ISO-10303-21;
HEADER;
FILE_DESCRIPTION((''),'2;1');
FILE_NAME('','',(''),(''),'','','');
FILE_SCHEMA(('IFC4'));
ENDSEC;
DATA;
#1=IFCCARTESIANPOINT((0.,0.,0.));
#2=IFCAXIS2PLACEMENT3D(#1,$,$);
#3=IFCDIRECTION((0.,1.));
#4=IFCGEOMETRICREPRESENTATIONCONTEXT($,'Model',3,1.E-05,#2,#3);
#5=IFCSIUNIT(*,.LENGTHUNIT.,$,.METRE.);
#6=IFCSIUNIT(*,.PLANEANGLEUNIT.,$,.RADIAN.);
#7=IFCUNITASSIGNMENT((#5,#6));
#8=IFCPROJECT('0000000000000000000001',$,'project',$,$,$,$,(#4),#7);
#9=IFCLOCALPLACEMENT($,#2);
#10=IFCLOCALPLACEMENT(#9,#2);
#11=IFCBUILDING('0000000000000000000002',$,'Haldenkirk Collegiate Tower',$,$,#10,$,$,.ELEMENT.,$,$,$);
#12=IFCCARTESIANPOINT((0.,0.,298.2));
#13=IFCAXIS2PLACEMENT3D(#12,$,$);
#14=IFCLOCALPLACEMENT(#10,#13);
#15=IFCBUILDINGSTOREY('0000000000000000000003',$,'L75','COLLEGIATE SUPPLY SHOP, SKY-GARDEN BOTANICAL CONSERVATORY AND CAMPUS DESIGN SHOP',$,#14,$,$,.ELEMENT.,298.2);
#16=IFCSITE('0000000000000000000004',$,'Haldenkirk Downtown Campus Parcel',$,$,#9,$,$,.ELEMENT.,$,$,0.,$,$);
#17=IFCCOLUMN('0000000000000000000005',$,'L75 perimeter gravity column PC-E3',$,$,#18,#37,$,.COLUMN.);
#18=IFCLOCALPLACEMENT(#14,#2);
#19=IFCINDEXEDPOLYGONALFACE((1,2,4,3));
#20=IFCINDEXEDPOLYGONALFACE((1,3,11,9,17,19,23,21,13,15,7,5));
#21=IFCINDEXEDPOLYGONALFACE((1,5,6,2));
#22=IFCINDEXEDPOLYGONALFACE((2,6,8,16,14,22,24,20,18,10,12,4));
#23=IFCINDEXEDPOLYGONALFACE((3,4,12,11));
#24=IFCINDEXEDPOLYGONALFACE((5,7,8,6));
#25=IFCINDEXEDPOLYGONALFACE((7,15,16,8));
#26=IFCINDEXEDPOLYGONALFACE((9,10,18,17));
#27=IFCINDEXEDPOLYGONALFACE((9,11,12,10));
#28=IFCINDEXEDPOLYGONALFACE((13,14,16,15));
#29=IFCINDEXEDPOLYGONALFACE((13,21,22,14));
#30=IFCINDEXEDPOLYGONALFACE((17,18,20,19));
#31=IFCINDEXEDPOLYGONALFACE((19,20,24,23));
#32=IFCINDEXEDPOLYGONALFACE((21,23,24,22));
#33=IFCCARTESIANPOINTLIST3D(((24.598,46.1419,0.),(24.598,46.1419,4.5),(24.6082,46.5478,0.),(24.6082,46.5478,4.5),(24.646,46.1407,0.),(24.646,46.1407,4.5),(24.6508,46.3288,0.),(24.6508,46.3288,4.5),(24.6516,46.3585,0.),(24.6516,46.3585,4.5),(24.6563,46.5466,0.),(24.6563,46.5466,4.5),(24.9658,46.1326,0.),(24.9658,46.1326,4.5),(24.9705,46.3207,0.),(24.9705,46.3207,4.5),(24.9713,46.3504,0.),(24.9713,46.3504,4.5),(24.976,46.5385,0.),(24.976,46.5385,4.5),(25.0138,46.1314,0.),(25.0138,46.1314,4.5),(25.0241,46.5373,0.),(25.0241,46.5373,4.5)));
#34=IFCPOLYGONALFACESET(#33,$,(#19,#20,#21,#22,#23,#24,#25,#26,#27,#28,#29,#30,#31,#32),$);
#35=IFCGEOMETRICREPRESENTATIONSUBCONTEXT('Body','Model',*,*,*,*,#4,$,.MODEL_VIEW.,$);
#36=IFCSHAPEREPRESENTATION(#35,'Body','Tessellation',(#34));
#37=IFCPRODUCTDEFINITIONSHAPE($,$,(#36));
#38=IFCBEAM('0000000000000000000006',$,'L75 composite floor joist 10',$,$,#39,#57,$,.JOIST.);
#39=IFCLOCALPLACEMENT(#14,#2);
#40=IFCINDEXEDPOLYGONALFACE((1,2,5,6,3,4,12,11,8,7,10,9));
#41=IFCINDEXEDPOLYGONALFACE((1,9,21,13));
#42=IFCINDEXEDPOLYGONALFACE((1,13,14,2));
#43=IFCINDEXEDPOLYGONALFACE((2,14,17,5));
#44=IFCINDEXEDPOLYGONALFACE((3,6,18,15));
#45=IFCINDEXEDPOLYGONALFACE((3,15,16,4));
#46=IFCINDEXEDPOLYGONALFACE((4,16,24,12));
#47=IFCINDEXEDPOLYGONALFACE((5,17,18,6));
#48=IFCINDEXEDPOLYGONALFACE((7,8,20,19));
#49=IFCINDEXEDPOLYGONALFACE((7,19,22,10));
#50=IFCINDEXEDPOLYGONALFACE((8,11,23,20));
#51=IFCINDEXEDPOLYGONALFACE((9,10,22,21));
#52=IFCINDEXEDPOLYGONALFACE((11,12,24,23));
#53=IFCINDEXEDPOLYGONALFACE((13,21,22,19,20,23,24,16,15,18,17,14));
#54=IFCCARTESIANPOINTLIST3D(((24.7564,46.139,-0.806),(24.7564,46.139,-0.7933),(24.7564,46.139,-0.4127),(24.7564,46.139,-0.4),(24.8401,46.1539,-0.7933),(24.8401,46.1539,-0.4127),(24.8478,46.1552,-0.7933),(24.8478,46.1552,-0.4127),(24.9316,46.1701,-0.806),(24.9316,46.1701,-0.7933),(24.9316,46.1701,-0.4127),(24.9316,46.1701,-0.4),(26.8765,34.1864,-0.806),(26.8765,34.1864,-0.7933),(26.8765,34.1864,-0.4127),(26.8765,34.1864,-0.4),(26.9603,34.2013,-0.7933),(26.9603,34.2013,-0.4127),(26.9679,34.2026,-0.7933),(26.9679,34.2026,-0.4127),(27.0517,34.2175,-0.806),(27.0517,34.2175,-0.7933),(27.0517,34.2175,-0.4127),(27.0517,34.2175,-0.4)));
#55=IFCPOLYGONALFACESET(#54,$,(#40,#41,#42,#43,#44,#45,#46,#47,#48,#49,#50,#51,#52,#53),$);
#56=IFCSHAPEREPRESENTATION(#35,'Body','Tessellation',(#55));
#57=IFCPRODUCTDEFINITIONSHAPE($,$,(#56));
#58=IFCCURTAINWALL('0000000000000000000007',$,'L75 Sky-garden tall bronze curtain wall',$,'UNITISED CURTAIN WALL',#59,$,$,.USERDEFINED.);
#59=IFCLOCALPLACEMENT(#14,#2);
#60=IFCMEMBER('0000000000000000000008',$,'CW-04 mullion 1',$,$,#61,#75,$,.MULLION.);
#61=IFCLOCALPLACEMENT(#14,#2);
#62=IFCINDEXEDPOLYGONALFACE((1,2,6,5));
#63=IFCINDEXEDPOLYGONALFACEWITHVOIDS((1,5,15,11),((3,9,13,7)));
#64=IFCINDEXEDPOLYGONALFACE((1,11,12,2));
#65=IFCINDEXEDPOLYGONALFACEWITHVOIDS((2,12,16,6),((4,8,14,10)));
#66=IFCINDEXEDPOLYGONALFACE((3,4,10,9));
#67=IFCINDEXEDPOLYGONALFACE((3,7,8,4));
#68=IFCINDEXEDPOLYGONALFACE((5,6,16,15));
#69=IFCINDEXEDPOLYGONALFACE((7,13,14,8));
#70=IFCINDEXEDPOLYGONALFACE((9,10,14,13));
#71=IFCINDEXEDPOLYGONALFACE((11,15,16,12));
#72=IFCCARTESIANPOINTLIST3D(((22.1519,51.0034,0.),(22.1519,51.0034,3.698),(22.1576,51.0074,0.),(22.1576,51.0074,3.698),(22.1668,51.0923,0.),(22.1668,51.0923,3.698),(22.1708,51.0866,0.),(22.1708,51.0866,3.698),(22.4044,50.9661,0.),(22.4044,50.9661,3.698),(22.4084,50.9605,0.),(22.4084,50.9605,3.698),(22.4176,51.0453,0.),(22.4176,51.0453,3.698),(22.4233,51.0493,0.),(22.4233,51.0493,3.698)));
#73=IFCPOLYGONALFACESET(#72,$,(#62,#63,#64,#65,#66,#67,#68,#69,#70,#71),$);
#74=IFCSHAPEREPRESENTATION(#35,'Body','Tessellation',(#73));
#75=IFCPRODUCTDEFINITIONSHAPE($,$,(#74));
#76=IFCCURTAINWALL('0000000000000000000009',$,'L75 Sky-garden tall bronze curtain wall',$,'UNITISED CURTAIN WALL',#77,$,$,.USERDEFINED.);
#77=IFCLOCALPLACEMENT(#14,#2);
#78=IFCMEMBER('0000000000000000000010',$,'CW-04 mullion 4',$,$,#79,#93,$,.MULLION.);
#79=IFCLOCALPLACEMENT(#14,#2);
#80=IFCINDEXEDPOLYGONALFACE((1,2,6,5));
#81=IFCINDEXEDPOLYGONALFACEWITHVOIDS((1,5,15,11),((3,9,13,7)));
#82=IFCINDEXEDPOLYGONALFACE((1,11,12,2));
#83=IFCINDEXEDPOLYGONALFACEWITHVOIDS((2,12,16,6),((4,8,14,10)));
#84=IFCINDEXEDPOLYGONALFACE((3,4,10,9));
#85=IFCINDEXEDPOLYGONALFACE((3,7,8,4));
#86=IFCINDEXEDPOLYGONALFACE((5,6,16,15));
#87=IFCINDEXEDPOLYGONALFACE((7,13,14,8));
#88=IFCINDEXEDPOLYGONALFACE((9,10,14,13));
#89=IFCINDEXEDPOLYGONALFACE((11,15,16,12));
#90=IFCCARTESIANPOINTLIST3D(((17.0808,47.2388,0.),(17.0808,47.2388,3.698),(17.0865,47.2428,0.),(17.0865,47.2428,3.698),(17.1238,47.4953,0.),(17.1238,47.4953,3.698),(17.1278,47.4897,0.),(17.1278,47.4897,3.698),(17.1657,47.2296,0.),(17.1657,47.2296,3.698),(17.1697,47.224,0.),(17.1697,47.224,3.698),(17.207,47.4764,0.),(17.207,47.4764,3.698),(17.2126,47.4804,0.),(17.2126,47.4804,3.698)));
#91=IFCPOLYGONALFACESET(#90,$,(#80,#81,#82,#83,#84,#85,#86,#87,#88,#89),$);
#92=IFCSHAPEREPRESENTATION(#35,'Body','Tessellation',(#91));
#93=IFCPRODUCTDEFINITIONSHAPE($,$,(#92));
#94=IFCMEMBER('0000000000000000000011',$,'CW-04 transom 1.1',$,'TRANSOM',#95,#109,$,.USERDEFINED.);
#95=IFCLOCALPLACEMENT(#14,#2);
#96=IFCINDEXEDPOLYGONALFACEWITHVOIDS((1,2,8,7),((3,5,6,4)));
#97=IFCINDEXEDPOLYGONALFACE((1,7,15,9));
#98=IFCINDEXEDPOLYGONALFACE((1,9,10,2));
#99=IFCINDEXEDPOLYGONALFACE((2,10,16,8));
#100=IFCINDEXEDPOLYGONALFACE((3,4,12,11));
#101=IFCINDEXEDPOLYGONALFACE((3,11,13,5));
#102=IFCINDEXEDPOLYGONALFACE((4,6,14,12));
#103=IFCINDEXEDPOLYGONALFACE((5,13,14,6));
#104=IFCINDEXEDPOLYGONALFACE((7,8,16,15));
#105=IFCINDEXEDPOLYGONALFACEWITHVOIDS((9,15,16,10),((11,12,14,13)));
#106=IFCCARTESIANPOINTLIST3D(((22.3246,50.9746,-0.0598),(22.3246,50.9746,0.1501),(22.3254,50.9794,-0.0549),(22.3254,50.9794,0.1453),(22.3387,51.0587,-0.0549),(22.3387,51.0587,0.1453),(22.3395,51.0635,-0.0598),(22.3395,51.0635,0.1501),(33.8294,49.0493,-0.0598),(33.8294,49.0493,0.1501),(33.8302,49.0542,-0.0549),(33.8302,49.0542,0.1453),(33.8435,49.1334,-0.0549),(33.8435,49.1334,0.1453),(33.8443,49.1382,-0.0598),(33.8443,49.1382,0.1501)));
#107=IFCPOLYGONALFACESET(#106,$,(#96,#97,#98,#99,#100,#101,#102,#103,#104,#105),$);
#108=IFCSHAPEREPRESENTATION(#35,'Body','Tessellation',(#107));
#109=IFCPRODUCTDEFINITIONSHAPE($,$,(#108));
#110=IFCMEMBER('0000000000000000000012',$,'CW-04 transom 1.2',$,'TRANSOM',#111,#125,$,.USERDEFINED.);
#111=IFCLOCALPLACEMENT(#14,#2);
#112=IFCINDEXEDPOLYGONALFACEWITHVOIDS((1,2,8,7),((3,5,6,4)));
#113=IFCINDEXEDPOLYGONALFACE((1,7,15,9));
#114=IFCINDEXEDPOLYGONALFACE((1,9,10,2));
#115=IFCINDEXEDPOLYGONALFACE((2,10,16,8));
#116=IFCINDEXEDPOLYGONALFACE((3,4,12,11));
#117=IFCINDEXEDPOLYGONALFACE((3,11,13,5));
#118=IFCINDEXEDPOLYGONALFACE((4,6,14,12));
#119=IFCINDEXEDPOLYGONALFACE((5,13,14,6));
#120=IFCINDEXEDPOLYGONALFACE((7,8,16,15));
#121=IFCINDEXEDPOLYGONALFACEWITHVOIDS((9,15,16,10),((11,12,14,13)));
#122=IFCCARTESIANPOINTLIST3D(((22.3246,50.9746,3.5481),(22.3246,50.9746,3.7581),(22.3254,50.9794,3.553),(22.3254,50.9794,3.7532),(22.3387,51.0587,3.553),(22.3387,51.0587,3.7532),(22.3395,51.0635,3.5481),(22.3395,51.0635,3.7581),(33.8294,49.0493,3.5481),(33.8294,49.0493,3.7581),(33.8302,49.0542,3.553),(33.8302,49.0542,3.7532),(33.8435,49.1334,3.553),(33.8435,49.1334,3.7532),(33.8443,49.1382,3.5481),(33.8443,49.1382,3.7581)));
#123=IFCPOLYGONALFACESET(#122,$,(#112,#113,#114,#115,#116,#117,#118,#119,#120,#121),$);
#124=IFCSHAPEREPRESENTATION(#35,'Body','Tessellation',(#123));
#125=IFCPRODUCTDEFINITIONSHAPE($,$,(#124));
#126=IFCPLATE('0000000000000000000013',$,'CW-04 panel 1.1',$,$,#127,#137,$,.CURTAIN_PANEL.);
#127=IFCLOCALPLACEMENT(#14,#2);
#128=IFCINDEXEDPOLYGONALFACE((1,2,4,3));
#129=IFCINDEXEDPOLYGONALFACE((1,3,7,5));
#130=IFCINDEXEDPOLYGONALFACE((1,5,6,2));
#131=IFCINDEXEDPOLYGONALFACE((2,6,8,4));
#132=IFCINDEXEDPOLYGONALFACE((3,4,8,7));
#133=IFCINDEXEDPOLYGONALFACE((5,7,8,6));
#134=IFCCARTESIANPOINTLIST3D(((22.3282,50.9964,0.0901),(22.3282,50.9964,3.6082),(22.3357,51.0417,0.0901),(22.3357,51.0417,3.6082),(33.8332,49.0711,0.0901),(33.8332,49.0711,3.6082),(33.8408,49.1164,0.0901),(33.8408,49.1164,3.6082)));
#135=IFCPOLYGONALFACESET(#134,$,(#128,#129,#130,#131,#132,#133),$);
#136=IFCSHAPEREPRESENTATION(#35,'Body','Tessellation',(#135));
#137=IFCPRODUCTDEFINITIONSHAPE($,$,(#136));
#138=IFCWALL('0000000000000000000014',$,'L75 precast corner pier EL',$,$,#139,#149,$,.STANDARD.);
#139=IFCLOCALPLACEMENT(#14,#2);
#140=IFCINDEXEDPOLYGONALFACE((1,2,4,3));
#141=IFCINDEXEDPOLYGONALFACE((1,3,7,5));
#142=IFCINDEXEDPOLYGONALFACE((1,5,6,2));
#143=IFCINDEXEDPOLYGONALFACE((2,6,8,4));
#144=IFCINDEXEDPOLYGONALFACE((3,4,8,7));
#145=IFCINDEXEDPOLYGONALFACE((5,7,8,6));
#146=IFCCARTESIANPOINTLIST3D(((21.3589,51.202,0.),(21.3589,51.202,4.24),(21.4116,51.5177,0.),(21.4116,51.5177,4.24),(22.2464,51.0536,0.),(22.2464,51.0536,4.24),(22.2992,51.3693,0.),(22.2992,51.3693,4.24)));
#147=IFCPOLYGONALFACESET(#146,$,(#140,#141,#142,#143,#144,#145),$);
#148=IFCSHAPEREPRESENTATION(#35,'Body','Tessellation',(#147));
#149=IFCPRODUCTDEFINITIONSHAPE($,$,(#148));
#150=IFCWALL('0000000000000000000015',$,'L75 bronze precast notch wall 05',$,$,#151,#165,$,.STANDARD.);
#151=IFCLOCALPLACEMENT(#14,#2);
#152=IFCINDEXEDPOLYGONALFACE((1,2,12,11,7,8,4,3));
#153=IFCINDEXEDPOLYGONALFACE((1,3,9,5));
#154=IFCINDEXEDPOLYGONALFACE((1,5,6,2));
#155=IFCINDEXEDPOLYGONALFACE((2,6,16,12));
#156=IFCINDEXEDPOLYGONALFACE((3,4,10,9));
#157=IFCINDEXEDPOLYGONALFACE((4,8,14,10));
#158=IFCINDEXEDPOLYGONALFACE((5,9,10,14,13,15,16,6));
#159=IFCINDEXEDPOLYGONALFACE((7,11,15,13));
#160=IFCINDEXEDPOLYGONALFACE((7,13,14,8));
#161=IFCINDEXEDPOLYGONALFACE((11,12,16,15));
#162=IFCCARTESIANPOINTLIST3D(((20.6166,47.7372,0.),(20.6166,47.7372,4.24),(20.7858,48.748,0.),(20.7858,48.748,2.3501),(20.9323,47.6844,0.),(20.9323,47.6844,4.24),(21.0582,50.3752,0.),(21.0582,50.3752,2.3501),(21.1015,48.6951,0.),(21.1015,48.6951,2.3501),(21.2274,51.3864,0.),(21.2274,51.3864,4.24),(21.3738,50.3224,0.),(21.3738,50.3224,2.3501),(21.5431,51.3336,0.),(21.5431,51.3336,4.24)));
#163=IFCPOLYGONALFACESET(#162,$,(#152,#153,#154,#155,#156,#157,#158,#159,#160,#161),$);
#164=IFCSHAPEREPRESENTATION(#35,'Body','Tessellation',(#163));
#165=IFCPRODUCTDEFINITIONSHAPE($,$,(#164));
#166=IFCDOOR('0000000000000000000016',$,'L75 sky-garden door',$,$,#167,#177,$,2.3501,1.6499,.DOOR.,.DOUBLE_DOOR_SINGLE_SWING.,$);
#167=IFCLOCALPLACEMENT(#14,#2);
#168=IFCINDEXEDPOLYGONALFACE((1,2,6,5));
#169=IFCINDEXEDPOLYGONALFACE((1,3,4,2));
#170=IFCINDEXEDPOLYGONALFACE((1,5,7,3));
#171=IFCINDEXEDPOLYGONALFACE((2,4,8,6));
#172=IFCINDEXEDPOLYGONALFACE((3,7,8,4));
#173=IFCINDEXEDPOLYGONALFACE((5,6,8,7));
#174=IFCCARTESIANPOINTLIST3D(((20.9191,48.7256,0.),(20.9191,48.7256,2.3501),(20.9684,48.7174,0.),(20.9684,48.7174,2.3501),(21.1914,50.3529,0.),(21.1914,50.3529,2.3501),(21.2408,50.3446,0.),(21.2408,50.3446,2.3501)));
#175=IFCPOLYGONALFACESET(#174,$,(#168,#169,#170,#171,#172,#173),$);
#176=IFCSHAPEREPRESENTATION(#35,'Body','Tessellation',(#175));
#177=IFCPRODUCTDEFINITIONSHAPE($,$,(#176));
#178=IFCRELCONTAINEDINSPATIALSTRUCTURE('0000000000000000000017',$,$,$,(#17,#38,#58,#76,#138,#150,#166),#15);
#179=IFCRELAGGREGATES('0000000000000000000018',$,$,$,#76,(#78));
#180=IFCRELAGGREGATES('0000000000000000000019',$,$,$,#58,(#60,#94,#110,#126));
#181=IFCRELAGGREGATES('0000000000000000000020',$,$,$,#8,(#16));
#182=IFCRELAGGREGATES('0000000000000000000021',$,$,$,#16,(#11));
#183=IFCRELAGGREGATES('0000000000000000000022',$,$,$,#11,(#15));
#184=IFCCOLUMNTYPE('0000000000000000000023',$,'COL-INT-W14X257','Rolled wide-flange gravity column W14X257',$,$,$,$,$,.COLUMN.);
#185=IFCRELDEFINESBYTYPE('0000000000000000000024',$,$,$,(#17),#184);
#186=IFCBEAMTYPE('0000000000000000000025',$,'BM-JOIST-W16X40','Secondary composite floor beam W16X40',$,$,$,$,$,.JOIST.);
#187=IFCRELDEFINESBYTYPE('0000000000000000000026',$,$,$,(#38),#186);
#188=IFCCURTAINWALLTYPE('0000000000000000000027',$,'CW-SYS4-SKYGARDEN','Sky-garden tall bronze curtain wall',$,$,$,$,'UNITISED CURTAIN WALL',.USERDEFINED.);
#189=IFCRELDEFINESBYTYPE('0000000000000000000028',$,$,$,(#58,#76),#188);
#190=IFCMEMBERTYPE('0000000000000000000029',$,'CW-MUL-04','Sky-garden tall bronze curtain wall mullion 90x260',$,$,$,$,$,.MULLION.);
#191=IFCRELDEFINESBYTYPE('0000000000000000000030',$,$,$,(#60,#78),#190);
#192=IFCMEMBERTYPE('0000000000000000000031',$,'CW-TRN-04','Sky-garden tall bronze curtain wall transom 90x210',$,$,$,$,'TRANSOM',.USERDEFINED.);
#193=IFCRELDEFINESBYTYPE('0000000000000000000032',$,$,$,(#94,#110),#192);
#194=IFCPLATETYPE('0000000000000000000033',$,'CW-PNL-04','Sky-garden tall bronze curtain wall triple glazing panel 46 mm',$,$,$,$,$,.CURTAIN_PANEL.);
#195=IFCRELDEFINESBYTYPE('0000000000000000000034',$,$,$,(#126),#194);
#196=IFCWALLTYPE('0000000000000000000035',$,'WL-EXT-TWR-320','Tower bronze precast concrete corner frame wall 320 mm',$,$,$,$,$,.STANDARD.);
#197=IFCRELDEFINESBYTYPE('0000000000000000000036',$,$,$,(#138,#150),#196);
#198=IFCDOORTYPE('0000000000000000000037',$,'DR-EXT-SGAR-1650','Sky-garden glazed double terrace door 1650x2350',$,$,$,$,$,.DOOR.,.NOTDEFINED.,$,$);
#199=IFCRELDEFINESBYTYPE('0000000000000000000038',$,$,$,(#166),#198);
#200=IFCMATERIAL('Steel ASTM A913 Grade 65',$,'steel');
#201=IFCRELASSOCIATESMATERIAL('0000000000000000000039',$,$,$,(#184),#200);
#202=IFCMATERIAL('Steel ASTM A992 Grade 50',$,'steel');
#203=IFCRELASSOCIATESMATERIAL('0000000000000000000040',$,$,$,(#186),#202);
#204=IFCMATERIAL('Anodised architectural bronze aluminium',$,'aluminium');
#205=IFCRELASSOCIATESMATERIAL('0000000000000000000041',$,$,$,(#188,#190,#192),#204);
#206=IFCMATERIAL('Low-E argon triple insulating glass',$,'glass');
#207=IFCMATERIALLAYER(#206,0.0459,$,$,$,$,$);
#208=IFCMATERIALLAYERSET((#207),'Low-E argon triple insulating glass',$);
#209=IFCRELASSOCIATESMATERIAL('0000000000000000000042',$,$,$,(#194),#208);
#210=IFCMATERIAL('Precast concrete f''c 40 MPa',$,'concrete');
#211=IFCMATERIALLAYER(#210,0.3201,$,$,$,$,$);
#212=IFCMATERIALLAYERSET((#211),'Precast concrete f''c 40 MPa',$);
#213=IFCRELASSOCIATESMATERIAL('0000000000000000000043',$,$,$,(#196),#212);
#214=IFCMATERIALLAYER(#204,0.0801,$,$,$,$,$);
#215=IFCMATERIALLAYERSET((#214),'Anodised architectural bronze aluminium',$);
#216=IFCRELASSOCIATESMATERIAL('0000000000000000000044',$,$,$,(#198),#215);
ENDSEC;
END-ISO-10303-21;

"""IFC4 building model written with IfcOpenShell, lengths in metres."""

from ifc_helpers import new_model, si_unit, direction, frame, frame_2d, origin, origin_2d, place, context, subcontext, project, spatial, rectangle, hollow_rectangle, i_section, extrude, source, transform, mapped, material, layer, layer_set, material_profile, profile_set, type_object, element, fill, aggregate, save


model = new_model("IFC4")

# Units and contexts
model_context = context("Model", 3, precision=1e-05, world=origin(), true_north=direction((0.0, 1.0)))
body_context = subcontext(model_context, "Body", "Model", "MODEL_VIEW")
ifc_project = project(units=[si_unit("LENGTHUNIT", "METRE"), si_unit("PLANEANGLEUNIT", "RADIAN")], contexts=[model_context])

# Site, building, storey
site_placement = place(None, origin())
site = spatial("IfcSite", under=ifc_project, at=site_placement, Name="Haldenkirk Downtown Campus Parcel", CompositionType="ELEMENT", RefElevation=0.0)
building_placement = place(site_placement, origin())
building = spatial("IfcBuilding", under=site, at=building_placement, Name="Haldenkirk Collegiate Tower", CompositionType="ELEMENT")
storey_placement = place(building_placement, frame((0.0, 0.0, 298.2)))
storey = spatial("IfcBuildingStorey", under=building, at=storey_placement, Name="L75", Description="COLLEGIATE SUPPLY SHOP, SKY-GARDEN BOTANICAL CONSERVATORY AND CAMPUS DESIGN SHOP", CompositionType="ELEMENT", Elevation=298.2)

# Column
ifc_material_1 = material(Name="Steel ASTM A913 Grade 65", Category="steel")
ifc_material_profile_1 = material_profile(ifc_material_1, i_section(OverallWidth=0.406, OverallDepth=0.416, WebThickness=0.0298, FlangeThickness=0.0481, at=origin_2d()), Name="W14X257")
ifc_profile_set_1 = profile_set([ifc_material_profile_1], Name="Steel ASTM A913 Grade 65")
column_type = type_object("IfcColumnType", Name="COL-INT-W14X257", Description="Rolled wide-flange gravity column W14X257", PredefinedType="COLUMN", material=ifc_profile_set_1)
column_placement = place(storey_placement, frame((24.811, 46.3396, 0.0), z_axis=(0.0, 0.0, 1.0), x_axis=(0.025305, 0.99968, 0.0)))
element("IfcColumn", 1, at=column_placement, inside=storey, type_object=column_type, Name="L75 perimeter gravity column PC-E3", PredefinedType="COLUMN", context=body_context, shape_type="SweptSolid", body=[
    extrude(i_section(OverallWidth=0.406, OverallDepth=0.416, WebThickness=0.0298, FlangeThickness=0.0481, at=origin_2d()), origin(), (0.0, 0.0, 1.0), 4.5),
])

# Beam
ifc_material_2 = material(Name="Steel ASTM A992 Grade 50", Category="steel")
ifc_material_profile_2 = material_profile(ifc_material_2, i_section(OverallWidth=0.178, OverallDepth=0.406, WebThickness=0.0078, FlangeThickness=0.0127, at=origin_2d()), Name="W16X40")
ifc_profile_set_2 = profile_set([ifc_material_profile_2], Name="Steel ASTM A992 Grade 50")
beam_type = type_object("IfcBeamType", Name="BM-JOIST-W16X40", Description="Secondary composite floor beam W16X40", PredefinedType="JOIST", material=ifc_profile_set_2)
beam_placement = place(storey_placement, frame((24.844, 46.1545, -0.603), z_axis=(0.17465, -0.984631, 0.0), x_axis=(0.984631, 0.17465, 0.0)))
element("IfcBeam", 2, at=beam_placement, inside=storey, type_object=beam_type, Name="L75 composite floor joist 10", PredefinedType="JOIST", context=body_context, shape_type="SweptSolid", body=[
    extrude(i_section(OverallWidth=0.178, OverallDepth=0.406, WebThickness=0.0078, FlangeThickness=0.0127, at=origin_2d()), origin(), (0.0, 0.0, 1.0), 12.1392),
])

# Curtain walls, members
ifc_material_3 = material(Name="Anodised architectural bronze aluminium", Category="aluminium")
curtain_wall_type = type_object("IfcCurtainWallType", Name="CW-SYS4-SKYGARDEN", Description="Sky-garden tall bronze curtain wall", ElementType="UNITISED CURTAIN WALL", PredefinedType="USERDEFINED", material=ifc_material_3)
curtain_wall_1_placement = place(storey_placement, origin())
curtain_wall_1 = element("IfcCurtainWall", 3, at=curtain_wall_1_placement, inside=storey, type_object=curtain_wall_type, Name="L75 Sky-garden tall bronze curtain wall", ObjectType="UNITISED CURTAIN WALL", PredefinedType="USERDEFINED")
ifc_material_profile_3 = material_profile(ifc_material_3, hollow_rectangle(XDim=0.0901, YDim=0.26, WallThickness=0.0049, at=origin_2d()), Name="CW-MUL-04")
ifc_profile_set_3 = profile_set([ifc_material_profile_3], Name="Anodised architectural bronze aluminium")
member_type_1 = type_object("IfcMemberType", Name="CW-MUL-04", Description="Sky-garden tall bronze curtain wall mullion 90x260", PredefinedType="MULLION", material=ifc_profile_set_3)
member_1_placement = place(storey_placement, frame((22.2876, 51.0264, 0.0), z_axis=(0.0, 0.0, 1.0), x_axis=(0.165049, 0.986285, 0.0)))
member_1 = element("IfcMember", 4, at=member_1_placement, type_object=member_type_1, Name="CW-04 mullion 1", PredefinedType="MULLION", context=body_context, shape_type="SweptSolid", body=[
    extrude(hollow_rectangle(XDim=0.0901, YDim=0.26, WallThickness=0.0049, at=origin_2d()), origin(), (0.0, 0.0, 1.0), 3.698),
])
curtain_wall_2_placement = place(storey_placement, origin())
curtain_wall_2 = element("IfcCurtainWall", 5, at=curtain_wall_2_placement, inside=storey, type_object=curtain_wall_type, Name="L75 Sky-garden tall bronze curtain wall", ObjectType="UNITISED CURTAIN WALL", PredefinedType="USERDEFINED")
member_2_placement = place(storey_placement, frame((17.1467, 47.3596, 0.0), z_axis=(0.0, 0.0, 1.0), x_axis=(-0.986285, 0.16505, 0.0)))
member_2 = element("IfcMember", 6, at=member_2_placement, type_object=member_type_1, Name="CW-04 mullion 4", PredefinedType="MULLION", context=body_context, shape_type="SweptSolid", body=[
    extrude(hollow_rectangle(XDim=0.0901, YDim=0.26, WallThickness=0.0049, at=origin_2d()), origin(), (0.0, 0.0, 1.0), 3.698),
])
aggregate(curtain_wall_2, [member_2])

# Members
ifc_material_profile_4 = material_profile(ifc_material_3, hollow_rectangle(XDim=0.0901, YDim=0.21, WallThickness=0.0049, at=origin_2d()), Name="CW-TRN-04")
ifc_profile_set_4 = profile_set([ifc_material_profile_4], Name="Anodised architectural bronze aluminium")
member_type_2 = type_object("IfcMemberType", Name="CW-TRN-04", Description="Sky-garden tall bronze curtain wall transom 90x210", ElementType="TRANSOM", PredefinedType="USERDEFINED", material=ifc_profile_set_4)
member_3_placement = place(storey_placement, frame((22.332, 51.019, 0.0452), z_axis=(0.986285, -0.165051, 0.0), x_axis=(0.165051, 0.986285, 0.0)))
member_3 = element("IfcMember", 7, at=member_3_placement, type_object=member_type_2, Name="CW-04 transom 1.1", ObjectType="TRANSOM", PredefinedType="USERDEFINED", context=body_context, shape_type="SweptSolid", body=[
    extrude(hollow_rectangle(XDim=0.0901, YDim=0.21, WallThickness=0.0049, at=origin_2d()), origin(), (0.0, 0.0, 1.0), 11.6648),
])
member_4_placement = place(storey_placement, frame((22.332, 51.019, 3.6531), z_axis=(0.986285, -0.165051, 0.0), x_axis=(0.165051, 0.986285, 0.0)))
member_4 = element("IfcMember", 8, at=member_4_placement, type_object=member_type_2, Name="CW-04 transom 1.2", ObjectType="TRANSOM", PredefinedType="USERDEFINED", context=body_context, shape_type="SweptSolid", body=[
    extrude(hollow_rectangle(XDim=0.0901, YDim=0.21, WallThickness=0.0049, at=origin_2d()), origin(), (0.0, 0.0, 1.0), 11.6648),
])

# Plate
ifc_material_4 = material(Name="Low-E argon triple insulating glass", Category="glass")
ifc_layer_1 = layer(ifc_material_4, 0.0459)
ifc_layer_set_1 = layer_set([ifc_layer_1], Name="Low-E argon triple insulating glass")
plate_type = type_object("IfcPlateType", Name="CW-PNL-04", Description="Sky-garden tall bronze curtain wall triple glazing panel 46 mm", PredefinedType="CURTAIN_PANEL", material=ifc_layer_set_1)
shared_shape_1 = source(origin(), body_context, "Body", "SweptSolid", [
    extrude(rectangle(XDim=11.665, YDim=0.0459, at=origin_2d()), origin(), (0.0, 0.0, 1.0), 3.5181),
])
plate_placement = place(storey_placement, frame((28.0845, 50.0564, 0.0901), z_axis=(0.0, 0.0, 1.0), x_axis=(0.986285, -0.165049, 0.0)))
plate = element("IfcPlate", 9, at=plate_placement, type_object=plate_type, Name="CW-04 panel 1.1", PredefinedType="CURTAIN_PANEL", context=body_context, shape_type="MappedRepresentation", body=[
    mapped(shared_shape_1, transform((0.0, 0.0, 0.0), x_axis=(1.0, 0.0, 0.0), y_axis=(0.0, 1.0, 0.0), z_axis=(0.0, 0.0, 1.0), scale=1.0)),
])
aggregate(curtain_wall_1, [member_1, member_3, member_4, plate])

# Wall
ifc_material_5 = material(Name="Precast concrete f'c 40 MPa", Category="concrete")
ifc_layer_2 = layer(ifc_material_5, 0.3201)
ifc_layer_set_2 = layer_set([ifc_layer_2], Name="Precast concrete f'c 40 MPa")
wall_type = type_object("IfcWallType", Name="WL-EXT-TWR-320", Description="Tower bronze precast concrete corner frame wall 320 mm", PredefinedType="STANDARD", material=ifc_layer_set_2)
wall_1_placement = place(storey_placement, frame((21.3853, 51.3599, 0.0), z_axis=(0.0, 0.0, 1.0), x_axis=(0.986306, -0.164927, 0.0)))
element("IfcWall", 10, at=wall_1_placement, inside=storey, type_object=wall_type, Name="L75 precast corner pier EL", PredefinedType="STANDARD", context=body_context, shape_type="SweptSolid", body=[
    extrude(rectangle(XDim=0.8999, YDim=0.3201, at=frame_2d((0.45, 0.0))), origin(), (0.0, 0.0, 1.0), 4.24),
])

# Wall, opening, door
wall_2_placement = place(storey_placement, frame((20.7744, 47.7107, 0.0), z_axis=(0.0, 0.0, 1.0), x_axis=(0.165094, 0.986278, 0.0)))
wall_2 = element("IfcWall", 11, at=wall_2_placement, inside=storey, type_object=wall_type, Name="L75 bronze precast notch wall 05", PredefinedType="STANDARD", context=body_context, shape_type="SweptSolid", body=[
    extrude(rectangle(XDim=3.7, YDim=0.3201, at=frame_2d((1.8501, 0.0))), origin(), (0.0, 0.0, 1.0), 4.24),
])
opening_1_placement = place(wall_2_placement, frame((1.0249, 0.0, 0.0)))
opening_1 = element("IfcOpeningElement", 12, at=opening_1_placement, cuts=wall_2, PredefinedType="OPENING", context=body_context, shape_type="SweptSolid", body=[
    extrude(rectangle(XDim=1.6499, YDim=2.3501, at=frame_2d((0.825, 1.175))), frame((0.0, 0.1699, 0.0), z_axis=(0.0, -1.0, 0.0), x_axis=(1.0, 0.0, 0.0)), (0.0, 0.0, 1.0), 0.3401),
])
ifc_layer_3 = layer(ifc_material_3, 0.0801)
ifc_layer_set_3 = layer_set([ifc_layer_3], Name="Anodised architectural bronze aluminium")
door_type = type_object("IfcDoorType", Name="DR-EXT-SGAR-1650", Description="Sky-garden glazed double terrace door 1650x2350", OperationType="NOTDEFINED", PredefinedType="DOOR", material=ifc_layer_set_3)
door_placement = place(opening_1_placement, origin())
door = element("IfcDoor", 13, at=door_placement, inside=storey, type_object=door_type, Name="L75 sky-garden door", OperationType="DOUBLE_DOOR_SINGLE_SWING", OverallHeight=2.3501, OverallWidth=1.6499, PredefinedType="DOOR", context=body_context, shape_type="SweptSolid", body=[
    extrude(rectangle(XDim=1.6499, YDim=2.3501, at=frame_2d((0.825, 1.175))), frame((0.0, 0.0249, 0.0), z_axis=(0.0, -1.0, 0.0), x_axis=(1.0, 0.0, 0.0)), (0.0, 0.0, 1.0), 0.05),
])
fill(opening_1, door)

save(model, "model.ifc")
